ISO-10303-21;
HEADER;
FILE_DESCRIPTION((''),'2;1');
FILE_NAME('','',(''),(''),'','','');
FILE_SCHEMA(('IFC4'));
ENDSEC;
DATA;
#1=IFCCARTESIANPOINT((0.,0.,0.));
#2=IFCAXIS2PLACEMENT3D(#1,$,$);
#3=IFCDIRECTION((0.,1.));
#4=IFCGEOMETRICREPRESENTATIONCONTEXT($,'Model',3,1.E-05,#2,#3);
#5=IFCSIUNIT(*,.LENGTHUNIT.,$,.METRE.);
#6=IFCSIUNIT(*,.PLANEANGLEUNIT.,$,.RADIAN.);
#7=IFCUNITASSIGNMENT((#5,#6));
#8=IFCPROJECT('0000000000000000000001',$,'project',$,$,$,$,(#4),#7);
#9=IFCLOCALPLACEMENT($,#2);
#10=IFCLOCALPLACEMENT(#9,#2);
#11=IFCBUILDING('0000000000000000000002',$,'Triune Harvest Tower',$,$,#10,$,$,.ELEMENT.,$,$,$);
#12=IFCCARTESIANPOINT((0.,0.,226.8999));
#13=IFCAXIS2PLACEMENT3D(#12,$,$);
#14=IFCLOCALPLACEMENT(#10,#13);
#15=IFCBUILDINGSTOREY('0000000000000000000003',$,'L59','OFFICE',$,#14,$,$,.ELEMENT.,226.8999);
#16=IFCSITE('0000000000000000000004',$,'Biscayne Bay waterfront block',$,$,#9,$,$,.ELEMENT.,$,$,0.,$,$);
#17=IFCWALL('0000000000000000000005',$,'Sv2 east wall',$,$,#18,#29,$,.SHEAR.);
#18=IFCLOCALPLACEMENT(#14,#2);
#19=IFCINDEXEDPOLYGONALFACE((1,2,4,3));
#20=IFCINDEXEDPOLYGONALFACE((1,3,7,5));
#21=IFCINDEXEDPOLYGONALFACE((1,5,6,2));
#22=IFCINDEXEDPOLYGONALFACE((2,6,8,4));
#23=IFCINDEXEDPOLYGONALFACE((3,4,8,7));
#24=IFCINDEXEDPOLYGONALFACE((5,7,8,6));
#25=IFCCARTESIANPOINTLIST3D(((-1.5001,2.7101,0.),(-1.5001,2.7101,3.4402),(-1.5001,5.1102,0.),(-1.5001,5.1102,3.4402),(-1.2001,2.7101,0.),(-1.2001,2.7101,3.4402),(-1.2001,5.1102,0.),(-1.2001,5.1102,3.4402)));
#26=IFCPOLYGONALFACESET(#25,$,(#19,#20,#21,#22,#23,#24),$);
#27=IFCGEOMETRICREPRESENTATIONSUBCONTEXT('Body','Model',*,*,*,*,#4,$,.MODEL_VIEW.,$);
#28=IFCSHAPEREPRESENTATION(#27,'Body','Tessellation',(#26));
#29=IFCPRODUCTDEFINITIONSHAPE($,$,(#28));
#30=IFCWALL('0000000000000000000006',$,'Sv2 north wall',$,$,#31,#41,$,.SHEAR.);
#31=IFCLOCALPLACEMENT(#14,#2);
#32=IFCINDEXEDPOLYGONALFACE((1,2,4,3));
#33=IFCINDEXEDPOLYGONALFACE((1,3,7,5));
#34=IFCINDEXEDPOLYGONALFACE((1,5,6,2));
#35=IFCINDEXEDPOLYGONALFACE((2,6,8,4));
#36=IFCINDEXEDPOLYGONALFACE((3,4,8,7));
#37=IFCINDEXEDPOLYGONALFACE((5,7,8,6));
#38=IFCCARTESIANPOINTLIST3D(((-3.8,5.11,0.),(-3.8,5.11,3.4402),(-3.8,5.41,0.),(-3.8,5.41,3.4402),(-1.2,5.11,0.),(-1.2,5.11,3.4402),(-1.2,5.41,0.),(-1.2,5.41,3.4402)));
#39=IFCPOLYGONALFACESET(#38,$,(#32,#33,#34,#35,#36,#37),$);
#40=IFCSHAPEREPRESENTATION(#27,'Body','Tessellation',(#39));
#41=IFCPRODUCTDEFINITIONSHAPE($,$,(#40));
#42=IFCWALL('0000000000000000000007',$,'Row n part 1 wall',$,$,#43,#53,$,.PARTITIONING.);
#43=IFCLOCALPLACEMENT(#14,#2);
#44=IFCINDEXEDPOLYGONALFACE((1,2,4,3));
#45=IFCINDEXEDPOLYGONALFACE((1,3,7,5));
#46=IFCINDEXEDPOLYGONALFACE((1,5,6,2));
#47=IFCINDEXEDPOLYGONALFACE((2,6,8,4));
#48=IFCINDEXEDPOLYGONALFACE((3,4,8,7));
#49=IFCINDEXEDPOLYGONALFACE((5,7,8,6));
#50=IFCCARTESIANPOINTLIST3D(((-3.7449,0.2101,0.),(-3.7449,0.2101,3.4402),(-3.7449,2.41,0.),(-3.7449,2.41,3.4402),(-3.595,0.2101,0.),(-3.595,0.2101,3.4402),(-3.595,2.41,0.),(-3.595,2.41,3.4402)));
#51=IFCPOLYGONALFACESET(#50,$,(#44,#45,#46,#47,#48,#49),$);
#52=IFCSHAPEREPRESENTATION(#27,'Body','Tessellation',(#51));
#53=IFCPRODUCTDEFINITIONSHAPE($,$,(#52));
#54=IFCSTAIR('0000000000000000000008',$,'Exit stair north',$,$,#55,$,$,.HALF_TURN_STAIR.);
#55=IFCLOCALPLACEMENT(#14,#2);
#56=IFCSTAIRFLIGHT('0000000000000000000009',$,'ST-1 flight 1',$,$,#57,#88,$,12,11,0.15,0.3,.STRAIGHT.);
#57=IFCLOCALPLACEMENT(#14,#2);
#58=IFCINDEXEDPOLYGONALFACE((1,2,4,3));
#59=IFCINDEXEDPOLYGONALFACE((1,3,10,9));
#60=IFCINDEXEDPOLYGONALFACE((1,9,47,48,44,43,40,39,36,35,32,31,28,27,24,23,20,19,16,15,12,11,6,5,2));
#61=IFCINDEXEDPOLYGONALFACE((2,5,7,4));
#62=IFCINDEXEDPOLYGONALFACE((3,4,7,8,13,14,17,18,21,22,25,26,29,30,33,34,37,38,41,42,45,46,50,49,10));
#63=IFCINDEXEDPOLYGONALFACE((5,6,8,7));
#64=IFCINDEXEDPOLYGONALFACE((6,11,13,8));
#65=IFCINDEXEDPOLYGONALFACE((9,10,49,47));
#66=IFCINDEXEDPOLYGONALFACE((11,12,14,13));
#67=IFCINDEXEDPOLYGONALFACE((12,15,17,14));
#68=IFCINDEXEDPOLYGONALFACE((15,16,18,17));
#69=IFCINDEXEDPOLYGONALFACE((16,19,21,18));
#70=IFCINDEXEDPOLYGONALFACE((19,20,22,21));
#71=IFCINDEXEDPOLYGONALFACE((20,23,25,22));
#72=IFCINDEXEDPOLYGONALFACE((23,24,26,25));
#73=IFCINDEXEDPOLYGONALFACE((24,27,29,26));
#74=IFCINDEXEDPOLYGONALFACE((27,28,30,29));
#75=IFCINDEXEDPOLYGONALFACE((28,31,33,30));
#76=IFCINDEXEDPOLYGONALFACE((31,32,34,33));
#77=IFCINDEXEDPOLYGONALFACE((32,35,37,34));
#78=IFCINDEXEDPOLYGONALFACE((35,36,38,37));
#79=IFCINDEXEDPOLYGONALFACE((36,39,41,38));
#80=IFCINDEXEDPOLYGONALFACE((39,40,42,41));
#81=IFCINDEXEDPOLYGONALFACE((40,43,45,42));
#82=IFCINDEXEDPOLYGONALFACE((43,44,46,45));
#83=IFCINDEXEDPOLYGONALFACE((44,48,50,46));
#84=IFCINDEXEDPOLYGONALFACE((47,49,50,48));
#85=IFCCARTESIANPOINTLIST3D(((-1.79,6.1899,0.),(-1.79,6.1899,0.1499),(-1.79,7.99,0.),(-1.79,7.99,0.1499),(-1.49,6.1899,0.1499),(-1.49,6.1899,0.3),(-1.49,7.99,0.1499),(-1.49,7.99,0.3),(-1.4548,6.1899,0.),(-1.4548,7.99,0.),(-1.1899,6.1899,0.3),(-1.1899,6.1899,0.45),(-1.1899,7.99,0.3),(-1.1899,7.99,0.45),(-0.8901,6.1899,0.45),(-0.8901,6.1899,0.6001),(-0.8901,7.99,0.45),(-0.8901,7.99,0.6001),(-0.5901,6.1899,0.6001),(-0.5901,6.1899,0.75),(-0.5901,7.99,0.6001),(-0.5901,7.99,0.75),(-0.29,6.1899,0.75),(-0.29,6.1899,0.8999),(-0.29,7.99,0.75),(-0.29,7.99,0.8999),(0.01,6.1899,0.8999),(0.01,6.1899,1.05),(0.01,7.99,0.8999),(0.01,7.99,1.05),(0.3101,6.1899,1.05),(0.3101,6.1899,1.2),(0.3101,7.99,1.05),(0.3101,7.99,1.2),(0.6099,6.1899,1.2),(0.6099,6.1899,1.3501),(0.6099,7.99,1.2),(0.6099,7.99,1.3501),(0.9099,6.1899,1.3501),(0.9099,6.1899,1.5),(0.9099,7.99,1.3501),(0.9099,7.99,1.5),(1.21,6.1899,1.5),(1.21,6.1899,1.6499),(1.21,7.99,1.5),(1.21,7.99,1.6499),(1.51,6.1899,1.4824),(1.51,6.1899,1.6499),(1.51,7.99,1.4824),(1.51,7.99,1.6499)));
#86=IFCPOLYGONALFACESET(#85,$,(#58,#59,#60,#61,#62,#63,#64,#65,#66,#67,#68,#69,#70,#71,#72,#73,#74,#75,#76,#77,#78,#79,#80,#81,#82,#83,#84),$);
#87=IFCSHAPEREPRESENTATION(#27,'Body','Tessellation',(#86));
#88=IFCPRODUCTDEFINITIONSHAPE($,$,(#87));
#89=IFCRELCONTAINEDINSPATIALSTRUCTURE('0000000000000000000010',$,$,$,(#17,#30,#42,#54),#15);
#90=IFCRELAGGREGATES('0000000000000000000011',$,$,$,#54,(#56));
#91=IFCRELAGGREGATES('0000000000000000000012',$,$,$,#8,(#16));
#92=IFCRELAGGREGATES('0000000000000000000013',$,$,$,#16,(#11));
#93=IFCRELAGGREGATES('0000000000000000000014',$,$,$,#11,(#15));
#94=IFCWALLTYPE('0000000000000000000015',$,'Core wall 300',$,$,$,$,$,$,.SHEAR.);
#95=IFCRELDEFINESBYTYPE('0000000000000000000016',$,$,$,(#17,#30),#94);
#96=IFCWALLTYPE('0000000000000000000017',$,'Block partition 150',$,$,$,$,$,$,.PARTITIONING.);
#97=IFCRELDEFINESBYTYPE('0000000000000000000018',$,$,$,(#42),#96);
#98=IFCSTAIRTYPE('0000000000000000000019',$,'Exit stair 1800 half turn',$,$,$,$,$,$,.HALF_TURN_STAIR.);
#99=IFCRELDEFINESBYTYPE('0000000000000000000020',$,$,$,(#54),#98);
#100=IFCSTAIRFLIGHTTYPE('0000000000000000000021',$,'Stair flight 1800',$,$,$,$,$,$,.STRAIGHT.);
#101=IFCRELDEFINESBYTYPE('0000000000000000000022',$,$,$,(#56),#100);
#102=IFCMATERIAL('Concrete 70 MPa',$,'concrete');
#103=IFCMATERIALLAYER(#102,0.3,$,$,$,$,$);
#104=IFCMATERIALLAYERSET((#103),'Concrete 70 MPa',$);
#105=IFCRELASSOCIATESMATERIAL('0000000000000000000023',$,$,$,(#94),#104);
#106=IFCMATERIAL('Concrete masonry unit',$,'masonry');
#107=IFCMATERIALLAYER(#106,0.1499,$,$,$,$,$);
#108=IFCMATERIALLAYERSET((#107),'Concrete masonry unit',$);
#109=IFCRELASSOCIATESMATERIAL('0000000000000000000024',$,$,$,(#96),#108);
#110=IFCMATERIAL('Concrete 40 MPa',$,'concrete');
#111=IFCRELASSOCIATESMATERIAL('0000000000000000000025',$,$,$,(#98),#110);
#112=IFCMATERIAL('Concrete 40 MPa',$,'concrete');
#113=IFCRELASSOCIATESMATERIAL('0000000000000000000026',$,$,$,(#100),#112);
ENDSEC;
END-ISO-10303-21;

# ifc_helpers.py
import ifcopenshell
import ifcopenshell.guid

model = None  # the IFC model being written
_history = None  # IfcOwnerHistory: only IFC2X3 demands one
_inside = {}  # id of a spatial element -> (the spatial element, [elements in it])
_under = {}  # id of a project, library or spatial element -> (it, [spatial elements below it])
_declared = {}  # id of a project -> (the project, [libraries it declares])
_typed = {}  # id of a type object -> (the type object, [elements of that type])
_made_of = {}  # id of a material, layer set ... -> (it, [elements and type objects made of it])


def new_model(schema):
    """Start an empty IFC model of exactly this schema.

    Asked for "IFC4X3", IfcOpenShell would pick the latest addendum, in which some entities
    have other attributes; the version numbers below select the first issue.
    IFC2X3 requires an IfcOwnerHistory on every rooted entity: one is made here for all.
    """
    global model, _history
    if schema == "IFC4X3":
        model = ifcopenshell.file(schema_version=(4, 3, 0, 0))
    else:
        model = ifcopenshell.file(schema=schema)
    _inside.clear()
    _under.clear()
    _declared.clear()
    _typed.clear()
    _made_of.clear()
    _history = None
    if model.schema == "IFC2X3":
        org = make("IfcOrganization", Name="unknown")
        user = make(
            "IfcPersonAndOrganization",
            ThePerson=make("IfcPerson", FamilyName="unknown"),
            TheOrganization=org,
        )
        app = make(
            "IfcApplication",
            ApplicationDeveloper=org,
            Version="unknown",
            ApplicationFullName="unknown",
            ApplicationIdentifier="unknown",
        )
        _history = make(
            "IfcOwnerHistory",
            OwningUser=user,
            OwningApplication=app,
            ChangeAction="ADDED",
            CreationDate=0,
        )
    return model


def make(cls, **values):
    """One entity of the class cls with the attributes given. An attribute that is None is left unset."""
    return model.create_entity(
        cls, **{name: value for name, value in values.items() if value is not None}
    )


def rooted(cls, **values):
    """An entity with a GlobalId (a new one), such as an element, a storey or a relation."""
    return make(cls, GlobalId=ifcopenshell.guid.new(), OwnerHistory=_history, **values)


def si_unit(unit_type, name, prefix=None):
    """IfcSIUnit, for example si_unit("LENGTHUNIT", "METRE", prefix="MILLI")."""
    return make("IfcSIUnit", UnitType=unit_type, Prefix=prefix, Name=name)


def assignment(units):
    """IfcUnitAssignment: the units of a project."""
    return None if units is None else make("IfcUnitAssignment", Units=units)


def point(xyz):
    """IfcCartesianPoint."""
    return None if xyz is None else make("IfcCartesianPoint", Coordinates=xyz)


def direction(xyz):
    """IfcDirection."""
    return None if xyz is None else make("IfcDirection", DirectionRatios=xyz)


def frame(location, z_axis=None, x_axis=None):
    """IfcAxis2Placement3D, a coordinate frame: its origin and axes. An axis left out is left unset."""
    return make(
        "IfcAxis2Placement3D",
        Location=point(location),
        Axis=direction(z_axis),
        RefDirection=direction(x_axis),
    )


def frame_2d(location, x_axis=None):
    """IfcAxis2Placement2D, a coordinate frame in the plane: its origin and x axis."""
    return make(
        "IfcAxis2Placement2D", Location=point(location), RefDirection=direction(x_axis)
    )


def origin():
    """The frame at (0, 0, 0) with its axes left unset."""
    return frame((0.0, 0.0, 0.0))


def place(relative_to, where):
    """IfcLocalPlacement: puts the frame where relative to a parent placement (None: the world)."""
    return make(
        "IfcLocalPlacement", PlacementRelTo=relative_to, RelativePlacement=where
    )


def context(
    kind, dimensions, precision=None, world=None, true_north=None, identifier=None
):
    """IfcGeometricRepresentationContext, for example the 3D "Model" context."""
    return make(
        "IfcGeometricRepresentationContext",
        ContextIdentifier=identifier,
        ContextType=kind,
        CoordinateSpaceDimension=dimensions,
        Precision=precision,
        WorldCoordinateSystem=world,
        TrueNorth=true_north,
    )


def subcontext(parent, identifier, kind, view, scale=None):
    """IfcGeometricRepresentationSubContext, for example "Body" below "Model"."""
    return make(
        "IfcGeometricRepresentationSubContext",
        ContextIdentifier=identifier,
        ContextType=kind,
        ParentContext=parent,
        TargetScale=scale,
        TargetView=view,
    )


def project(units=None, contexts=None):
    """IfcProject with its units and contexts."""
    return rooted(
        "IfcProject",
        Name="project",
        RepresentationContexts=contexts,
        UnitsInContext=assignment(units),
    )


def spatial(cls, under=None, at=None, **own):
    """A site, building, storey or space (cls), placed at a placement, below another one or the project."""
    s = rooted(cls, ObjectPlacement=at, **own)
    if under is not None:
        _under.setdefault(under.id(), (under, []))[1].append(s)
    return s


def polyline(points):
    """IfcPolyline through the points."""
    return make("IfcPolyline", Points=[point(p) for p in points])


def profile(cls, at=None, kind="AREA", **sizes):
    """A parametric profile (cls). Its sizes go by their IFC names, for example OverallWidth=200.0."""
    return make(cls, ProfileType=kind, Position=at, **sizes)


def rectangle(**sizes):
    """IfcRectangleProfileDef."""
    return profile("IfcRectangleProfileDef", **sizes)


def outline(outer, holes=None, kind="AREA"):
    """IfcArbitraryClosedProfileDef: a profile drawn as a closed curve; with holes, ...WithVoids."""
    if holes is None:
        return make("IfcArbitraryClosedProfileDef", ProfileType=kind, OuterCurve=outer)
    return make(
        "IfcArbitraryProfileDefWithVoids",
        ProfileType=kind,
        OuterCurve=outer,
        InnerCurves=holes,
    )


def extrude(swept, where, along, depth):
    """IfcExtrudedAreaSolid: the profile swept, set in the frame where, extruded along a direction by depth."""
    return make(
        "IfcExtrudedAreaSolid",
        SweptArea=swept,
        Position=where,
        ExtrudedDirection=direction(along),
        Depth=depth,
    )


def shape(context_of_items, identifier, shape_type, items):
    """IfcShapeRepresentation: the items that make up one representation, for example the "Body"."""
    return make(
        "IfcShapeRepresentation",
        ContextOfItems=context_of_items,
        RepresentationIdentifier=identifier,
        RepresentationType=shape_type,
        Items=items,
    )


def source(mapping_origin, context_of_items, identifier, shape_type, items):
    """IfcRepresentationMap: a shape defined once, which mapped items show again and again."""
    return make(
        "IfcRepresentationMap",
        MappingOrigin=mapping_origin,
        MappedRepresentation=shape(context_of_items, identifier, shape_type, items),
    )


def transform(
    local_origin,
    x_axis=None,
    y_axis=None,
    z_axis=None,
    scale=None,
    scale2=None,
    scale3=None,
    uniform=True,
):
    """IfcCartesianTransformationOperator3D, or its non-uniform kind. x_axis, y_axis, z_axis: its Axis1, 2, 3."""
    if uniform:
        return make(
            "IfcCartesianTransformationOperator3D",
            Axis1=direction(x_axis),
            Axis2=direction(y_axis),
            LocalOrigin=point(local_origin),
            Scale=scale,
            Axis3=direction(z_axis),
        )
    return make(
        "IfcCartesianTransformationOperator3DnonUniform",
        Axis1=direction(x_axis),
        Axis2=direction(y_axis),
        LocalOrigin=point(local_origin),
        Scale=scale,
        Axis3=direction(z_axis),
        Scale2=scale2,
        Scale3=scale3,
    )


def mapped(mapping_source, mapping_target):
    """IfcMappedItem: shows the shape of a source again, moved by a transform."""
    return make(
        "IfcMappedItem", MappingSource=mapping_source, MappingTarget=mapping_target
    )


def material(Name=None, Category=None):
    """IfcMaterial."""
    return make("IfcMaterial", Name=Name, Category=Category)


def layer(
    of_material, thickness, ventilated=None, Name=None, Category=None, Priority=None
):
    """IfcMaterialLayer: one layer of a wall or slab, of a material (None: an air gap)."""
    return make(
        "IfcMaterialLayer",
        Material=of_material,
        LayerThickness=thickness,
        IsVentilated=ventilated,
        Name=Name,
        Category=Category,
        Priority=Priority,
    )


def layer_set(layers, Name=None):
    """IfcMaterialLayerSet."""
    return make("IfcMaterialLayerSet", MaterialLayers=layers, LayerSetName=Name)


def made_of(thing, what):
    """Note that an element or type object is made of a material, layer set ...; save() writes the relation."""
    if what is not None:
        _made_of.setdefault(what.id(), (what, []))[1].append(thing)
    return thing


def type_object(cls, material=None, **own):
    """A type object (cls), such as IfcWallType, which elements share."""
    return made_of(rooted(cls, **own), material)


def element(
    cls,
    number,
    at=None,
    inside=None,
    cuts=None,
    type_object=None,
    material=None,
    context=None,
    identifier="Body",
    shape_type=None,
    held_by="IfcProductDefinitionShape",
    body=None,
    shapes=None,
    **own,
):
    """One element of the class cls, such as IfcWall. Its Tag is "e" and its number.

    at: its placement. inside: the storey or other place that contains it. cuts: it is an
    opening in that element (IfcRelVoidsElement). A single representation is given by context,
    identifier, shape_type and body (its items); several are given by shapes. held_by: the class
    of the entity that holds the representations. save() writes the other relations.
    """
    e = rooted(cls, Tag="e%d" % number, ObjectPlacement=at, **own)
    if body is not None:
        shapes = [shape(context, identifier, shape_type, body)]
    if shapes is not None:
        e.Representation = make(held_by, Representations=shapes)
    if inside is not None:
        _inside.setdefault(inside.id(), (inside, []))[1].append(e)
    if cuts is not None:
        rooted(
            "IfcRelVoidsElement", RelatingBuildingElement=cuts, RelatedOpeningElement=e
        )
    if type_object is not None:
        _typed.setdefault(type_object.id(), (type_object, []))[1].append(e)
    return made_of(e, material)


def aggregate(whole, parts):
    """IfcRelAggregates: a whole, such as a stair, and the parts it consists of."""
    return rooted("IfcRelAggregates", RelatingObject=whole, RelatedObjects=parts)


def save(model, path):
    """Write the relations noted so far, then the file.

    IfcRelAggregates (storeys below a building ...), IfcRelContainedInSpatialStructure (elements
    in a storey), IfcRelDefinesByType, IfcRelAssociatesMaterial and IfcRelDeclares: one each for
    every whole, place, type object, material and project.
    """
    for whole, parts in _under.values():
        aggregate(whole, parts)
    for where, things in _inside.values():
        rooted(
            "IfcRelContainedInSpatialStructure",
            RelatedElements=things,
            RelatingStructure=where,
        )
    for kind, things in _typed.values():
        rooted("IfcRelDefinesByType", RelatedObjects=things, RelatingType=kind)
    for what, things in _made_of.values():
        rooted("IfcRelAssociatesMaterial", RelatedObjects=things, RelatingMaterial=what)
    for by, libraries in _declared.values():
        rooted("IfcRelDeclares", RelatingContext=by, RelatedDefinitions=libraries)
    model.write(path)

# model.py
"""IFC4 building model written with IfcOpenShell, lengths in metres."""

from ifc_helpers import new_model, si_unit, direction, frame, frame_2d, origin, place, context, subcontext, project, spatial, polyline, rectangle, outline, extrude, source, transform, mapped, material, layer, layer_set, type_object, element, aggregate, save


model = new_model("IFC4")

# Units and contexts
model_context = context("Model", 3, precision=1e-05, world=origin(), true_north=direction((0.0, 1.0)))
body_context = subcontext(model_context, "Body", "Model", "MODEL_VIEW")
ifc_project = project(units=[si_unit("LENGTHUNIT", "METRE"), si_unit("PLANEANGLEUNIT", "RADIAN")], contexts=[model_context])

# Site, building, storey
site_placement = place(None, origin())
site = spatial("IfcSite", under=ifc_project, at=site_placement, Name="Biscayne Bay waterfront block", CompositionType="ELEMENT", RefElevation=0.0)
building_placement = place(site_placement, origin())
building = spatial("IfcBuilding", under=site, at=building_placement, Name="Triune Harvest Tower", CompositionType="ELEMENT")
storey_placement = place(building_placement, frame((0.0, 0.0, 226.8999)))
storey = spatial("IfcBuildingStorey", under=building, at=storey_placement, Name="L59", Description="OFFICE", CompositionType="ELEMENT", Elevation=226.8999)

# Shared definitions
ifc_material_1 = material(Name="Concrete 70 MPa", Category="concrete")
ifc_layer_1 = layer(ifc_material_1, 0.3)
ifc_layer_set_1 = layer_set([ifc_layer_1], Name="Concrete 70 MPa")
wall_type_1 = type_object("IfcWallType", Name="Core wall 300", PredefinedType="SHEAR", material=ifc_layer_set_1)

# Shared definitions
shared_shape_1 = source(origin(), body_context, "Body", "SweptSolid", [
    extrude(rectangle(XDim=2.4001, YDim=0.3, at=frame_2d((1.2002, 0.0))), origin(), (0.0, 0.0, 1.0), 3.4402),
])

# Walls
wall_1_placement = place(storey_placement, frame((-1.3501, 2.71, 0.0), z_axis=(0.0, 0.0, 1.0), x_axis=(0.0, 1.0, 0.0)))
element("IfcWall", 1, at=wall_1_placement, inside=storey, type_object=wall_type_1, Name="Sv2 east wall", PredefinedType="SHEAR", context=body_context, shape_type="MappedRepresentation", body=[
    mapped(shared_shape_1, transform((0.0, 0.0, 0.0), scale=1.0)),
])
shared_shape_2 = source(origin(), body_context, "Body", "SweptSolid", [
    extrude(rectangle(XDim=2.6001, YDim=0.3, at=frame_2d((1.3, 0.0))), origin(), (0.0, 0.0, 1.0), 3.4402),
])
wall_2_placement = place(storey_placement, frame((-3.8, 5.26, 0.0), z_axis=(0.0, 0.0, 1.0), x_axis=(1.0, 0.0, 0.0)))
element("IfcWall", 2, at=wall_2_placement, inside=storey, type_object=wall_type_1, Name="Sv2 north wall", PredefinedType="SHEAR", context=body_context, shape_type="MappedRepresentation", body=[
    mapped(shared_shape_2, transform((0.0, 0.0, 0.0), scale=1.0)),
])
ifc_material_2 = material(Name="Concrete masonry unit", Category="masonry")
ifc_layer_2 = layer(ifc_material_2, 0.1499)
ifc_layer_set_2 = layer_set([ifc_layer_2], Name="Concrete masonry unit")
wall_type_2 = type_object("IfcWallType", Name="Block partition 150", PredefinedType="PARTITIONING", material=ifc_layer_set_2)
shared_shape_3 = source(origin(), body_context, "Body", "SweptSolid", [
    extrude(rectangle(XDim=2.2, YDim=0.1499, at=frame_2d((1.1001, 0.0))), origin(), (0.0, 0.0, 1.0), 3.4402),
])
wall_3_placement = place(storey_placement, frame((-3.6699, 0.21, 0.0), z_axis=(0.0, 0.0, 1.0), x_axis=(0.0, 1.0, 0.0)))
element("IfcWall", 3, at=wall_3_placement, inside=storey, type_object=wall_type_2, Name="Row n part 1 wall", PredefinedType="PARTITIONING", context=body_context, shape_type="MappedRepresentation", body=[
    mapped(shared_shape_3, transform((0.0, 0.0, 0.0), scale=1.0)),
])

# Stair, stair flight
ifc_material_3 = material(Name="Concrete 40 MPa", Category="concrete")
stair_type = type_object("IfcStairType", Name="Exit stair 1800 half turn", PredefinedType="HALF_TURN_STAIR", material=ifc_material_3)
stair_placement = place(storey_placement, origin())
stair = element("IfcStair", 4, at=stair_placement, inside=storey, type_object=stair_type, Name="Exit stair north", PredefinedType="HALF_TURN_STAIR")
ifc_material_4 = material(Name="Concrete 40 MPa", Category="concrete")
stair_flight_type = type_object("IfcStairFlightType", Name="Stair flight 1800", PredefinedType="STRAIGHT", material=ifc_material_4)
shared_shape_4 = source(origin(), body_context, "Body", "SweptSolid", [
    extrude(outline(polyline([(0.0, 0.0), (0.0, 0.1499), (0.3, 0.1499), (0.3, 0.3), (0.6001, 0.3), (0.6001, 0.45), (0.8999, 0.45), (0.8999, 0.6001), (1.2, 0.6001), (1.2, 0.75), (1.5, 0.75), (1.5, 0.8999), (1.8, 0.8999), (1.8, 1.05), (2.1001, 1.05), (2.1001, 1.2), (2.3999, 1.2), (2.3999, 1.3501), (2.7, 1.3501), (2.7, 1.5), (3.0, 1.5), (3.0, 1.6499), (3.3, 1.6499), (3.3, 1.8), (3.3, 1.4824), (0.3352, 0.0), (0.0, 0.0)])), frame((0.0, 0.8999, 0.0), z_axis=(0.0, -1.0, 0.0), x_axis=(1.0, 0.0, 0.0)), (0.0, 0.0, 1.0), 1.8),
])
stair_flight_placement = place(storey_placement, frame((-1.79, 7.0901, 0.0), z_axis=(0.0, 0.0, 1.0), x_axis=(1.0, 0.0, 0.0)))
stair_flight = element("IfcStairFlight", 5, at=stair_flight_placement, type_object=stair_flight_type, Name="ST-1 flight 1", NumberOfRisers=12, NumberOfTreads=11, PredefinedType="STRAIGHT", RiserHeight=0.15, TreadLength=0.3, context=body_context, shape_type="MappedRepresentation", body=[
    mapped(shared_shape_4, transform((0.0, 0.0, 0.0), scale=1.0)),
])
aggregate(stair, [stair_flight])

save(model, "model.ifc")
